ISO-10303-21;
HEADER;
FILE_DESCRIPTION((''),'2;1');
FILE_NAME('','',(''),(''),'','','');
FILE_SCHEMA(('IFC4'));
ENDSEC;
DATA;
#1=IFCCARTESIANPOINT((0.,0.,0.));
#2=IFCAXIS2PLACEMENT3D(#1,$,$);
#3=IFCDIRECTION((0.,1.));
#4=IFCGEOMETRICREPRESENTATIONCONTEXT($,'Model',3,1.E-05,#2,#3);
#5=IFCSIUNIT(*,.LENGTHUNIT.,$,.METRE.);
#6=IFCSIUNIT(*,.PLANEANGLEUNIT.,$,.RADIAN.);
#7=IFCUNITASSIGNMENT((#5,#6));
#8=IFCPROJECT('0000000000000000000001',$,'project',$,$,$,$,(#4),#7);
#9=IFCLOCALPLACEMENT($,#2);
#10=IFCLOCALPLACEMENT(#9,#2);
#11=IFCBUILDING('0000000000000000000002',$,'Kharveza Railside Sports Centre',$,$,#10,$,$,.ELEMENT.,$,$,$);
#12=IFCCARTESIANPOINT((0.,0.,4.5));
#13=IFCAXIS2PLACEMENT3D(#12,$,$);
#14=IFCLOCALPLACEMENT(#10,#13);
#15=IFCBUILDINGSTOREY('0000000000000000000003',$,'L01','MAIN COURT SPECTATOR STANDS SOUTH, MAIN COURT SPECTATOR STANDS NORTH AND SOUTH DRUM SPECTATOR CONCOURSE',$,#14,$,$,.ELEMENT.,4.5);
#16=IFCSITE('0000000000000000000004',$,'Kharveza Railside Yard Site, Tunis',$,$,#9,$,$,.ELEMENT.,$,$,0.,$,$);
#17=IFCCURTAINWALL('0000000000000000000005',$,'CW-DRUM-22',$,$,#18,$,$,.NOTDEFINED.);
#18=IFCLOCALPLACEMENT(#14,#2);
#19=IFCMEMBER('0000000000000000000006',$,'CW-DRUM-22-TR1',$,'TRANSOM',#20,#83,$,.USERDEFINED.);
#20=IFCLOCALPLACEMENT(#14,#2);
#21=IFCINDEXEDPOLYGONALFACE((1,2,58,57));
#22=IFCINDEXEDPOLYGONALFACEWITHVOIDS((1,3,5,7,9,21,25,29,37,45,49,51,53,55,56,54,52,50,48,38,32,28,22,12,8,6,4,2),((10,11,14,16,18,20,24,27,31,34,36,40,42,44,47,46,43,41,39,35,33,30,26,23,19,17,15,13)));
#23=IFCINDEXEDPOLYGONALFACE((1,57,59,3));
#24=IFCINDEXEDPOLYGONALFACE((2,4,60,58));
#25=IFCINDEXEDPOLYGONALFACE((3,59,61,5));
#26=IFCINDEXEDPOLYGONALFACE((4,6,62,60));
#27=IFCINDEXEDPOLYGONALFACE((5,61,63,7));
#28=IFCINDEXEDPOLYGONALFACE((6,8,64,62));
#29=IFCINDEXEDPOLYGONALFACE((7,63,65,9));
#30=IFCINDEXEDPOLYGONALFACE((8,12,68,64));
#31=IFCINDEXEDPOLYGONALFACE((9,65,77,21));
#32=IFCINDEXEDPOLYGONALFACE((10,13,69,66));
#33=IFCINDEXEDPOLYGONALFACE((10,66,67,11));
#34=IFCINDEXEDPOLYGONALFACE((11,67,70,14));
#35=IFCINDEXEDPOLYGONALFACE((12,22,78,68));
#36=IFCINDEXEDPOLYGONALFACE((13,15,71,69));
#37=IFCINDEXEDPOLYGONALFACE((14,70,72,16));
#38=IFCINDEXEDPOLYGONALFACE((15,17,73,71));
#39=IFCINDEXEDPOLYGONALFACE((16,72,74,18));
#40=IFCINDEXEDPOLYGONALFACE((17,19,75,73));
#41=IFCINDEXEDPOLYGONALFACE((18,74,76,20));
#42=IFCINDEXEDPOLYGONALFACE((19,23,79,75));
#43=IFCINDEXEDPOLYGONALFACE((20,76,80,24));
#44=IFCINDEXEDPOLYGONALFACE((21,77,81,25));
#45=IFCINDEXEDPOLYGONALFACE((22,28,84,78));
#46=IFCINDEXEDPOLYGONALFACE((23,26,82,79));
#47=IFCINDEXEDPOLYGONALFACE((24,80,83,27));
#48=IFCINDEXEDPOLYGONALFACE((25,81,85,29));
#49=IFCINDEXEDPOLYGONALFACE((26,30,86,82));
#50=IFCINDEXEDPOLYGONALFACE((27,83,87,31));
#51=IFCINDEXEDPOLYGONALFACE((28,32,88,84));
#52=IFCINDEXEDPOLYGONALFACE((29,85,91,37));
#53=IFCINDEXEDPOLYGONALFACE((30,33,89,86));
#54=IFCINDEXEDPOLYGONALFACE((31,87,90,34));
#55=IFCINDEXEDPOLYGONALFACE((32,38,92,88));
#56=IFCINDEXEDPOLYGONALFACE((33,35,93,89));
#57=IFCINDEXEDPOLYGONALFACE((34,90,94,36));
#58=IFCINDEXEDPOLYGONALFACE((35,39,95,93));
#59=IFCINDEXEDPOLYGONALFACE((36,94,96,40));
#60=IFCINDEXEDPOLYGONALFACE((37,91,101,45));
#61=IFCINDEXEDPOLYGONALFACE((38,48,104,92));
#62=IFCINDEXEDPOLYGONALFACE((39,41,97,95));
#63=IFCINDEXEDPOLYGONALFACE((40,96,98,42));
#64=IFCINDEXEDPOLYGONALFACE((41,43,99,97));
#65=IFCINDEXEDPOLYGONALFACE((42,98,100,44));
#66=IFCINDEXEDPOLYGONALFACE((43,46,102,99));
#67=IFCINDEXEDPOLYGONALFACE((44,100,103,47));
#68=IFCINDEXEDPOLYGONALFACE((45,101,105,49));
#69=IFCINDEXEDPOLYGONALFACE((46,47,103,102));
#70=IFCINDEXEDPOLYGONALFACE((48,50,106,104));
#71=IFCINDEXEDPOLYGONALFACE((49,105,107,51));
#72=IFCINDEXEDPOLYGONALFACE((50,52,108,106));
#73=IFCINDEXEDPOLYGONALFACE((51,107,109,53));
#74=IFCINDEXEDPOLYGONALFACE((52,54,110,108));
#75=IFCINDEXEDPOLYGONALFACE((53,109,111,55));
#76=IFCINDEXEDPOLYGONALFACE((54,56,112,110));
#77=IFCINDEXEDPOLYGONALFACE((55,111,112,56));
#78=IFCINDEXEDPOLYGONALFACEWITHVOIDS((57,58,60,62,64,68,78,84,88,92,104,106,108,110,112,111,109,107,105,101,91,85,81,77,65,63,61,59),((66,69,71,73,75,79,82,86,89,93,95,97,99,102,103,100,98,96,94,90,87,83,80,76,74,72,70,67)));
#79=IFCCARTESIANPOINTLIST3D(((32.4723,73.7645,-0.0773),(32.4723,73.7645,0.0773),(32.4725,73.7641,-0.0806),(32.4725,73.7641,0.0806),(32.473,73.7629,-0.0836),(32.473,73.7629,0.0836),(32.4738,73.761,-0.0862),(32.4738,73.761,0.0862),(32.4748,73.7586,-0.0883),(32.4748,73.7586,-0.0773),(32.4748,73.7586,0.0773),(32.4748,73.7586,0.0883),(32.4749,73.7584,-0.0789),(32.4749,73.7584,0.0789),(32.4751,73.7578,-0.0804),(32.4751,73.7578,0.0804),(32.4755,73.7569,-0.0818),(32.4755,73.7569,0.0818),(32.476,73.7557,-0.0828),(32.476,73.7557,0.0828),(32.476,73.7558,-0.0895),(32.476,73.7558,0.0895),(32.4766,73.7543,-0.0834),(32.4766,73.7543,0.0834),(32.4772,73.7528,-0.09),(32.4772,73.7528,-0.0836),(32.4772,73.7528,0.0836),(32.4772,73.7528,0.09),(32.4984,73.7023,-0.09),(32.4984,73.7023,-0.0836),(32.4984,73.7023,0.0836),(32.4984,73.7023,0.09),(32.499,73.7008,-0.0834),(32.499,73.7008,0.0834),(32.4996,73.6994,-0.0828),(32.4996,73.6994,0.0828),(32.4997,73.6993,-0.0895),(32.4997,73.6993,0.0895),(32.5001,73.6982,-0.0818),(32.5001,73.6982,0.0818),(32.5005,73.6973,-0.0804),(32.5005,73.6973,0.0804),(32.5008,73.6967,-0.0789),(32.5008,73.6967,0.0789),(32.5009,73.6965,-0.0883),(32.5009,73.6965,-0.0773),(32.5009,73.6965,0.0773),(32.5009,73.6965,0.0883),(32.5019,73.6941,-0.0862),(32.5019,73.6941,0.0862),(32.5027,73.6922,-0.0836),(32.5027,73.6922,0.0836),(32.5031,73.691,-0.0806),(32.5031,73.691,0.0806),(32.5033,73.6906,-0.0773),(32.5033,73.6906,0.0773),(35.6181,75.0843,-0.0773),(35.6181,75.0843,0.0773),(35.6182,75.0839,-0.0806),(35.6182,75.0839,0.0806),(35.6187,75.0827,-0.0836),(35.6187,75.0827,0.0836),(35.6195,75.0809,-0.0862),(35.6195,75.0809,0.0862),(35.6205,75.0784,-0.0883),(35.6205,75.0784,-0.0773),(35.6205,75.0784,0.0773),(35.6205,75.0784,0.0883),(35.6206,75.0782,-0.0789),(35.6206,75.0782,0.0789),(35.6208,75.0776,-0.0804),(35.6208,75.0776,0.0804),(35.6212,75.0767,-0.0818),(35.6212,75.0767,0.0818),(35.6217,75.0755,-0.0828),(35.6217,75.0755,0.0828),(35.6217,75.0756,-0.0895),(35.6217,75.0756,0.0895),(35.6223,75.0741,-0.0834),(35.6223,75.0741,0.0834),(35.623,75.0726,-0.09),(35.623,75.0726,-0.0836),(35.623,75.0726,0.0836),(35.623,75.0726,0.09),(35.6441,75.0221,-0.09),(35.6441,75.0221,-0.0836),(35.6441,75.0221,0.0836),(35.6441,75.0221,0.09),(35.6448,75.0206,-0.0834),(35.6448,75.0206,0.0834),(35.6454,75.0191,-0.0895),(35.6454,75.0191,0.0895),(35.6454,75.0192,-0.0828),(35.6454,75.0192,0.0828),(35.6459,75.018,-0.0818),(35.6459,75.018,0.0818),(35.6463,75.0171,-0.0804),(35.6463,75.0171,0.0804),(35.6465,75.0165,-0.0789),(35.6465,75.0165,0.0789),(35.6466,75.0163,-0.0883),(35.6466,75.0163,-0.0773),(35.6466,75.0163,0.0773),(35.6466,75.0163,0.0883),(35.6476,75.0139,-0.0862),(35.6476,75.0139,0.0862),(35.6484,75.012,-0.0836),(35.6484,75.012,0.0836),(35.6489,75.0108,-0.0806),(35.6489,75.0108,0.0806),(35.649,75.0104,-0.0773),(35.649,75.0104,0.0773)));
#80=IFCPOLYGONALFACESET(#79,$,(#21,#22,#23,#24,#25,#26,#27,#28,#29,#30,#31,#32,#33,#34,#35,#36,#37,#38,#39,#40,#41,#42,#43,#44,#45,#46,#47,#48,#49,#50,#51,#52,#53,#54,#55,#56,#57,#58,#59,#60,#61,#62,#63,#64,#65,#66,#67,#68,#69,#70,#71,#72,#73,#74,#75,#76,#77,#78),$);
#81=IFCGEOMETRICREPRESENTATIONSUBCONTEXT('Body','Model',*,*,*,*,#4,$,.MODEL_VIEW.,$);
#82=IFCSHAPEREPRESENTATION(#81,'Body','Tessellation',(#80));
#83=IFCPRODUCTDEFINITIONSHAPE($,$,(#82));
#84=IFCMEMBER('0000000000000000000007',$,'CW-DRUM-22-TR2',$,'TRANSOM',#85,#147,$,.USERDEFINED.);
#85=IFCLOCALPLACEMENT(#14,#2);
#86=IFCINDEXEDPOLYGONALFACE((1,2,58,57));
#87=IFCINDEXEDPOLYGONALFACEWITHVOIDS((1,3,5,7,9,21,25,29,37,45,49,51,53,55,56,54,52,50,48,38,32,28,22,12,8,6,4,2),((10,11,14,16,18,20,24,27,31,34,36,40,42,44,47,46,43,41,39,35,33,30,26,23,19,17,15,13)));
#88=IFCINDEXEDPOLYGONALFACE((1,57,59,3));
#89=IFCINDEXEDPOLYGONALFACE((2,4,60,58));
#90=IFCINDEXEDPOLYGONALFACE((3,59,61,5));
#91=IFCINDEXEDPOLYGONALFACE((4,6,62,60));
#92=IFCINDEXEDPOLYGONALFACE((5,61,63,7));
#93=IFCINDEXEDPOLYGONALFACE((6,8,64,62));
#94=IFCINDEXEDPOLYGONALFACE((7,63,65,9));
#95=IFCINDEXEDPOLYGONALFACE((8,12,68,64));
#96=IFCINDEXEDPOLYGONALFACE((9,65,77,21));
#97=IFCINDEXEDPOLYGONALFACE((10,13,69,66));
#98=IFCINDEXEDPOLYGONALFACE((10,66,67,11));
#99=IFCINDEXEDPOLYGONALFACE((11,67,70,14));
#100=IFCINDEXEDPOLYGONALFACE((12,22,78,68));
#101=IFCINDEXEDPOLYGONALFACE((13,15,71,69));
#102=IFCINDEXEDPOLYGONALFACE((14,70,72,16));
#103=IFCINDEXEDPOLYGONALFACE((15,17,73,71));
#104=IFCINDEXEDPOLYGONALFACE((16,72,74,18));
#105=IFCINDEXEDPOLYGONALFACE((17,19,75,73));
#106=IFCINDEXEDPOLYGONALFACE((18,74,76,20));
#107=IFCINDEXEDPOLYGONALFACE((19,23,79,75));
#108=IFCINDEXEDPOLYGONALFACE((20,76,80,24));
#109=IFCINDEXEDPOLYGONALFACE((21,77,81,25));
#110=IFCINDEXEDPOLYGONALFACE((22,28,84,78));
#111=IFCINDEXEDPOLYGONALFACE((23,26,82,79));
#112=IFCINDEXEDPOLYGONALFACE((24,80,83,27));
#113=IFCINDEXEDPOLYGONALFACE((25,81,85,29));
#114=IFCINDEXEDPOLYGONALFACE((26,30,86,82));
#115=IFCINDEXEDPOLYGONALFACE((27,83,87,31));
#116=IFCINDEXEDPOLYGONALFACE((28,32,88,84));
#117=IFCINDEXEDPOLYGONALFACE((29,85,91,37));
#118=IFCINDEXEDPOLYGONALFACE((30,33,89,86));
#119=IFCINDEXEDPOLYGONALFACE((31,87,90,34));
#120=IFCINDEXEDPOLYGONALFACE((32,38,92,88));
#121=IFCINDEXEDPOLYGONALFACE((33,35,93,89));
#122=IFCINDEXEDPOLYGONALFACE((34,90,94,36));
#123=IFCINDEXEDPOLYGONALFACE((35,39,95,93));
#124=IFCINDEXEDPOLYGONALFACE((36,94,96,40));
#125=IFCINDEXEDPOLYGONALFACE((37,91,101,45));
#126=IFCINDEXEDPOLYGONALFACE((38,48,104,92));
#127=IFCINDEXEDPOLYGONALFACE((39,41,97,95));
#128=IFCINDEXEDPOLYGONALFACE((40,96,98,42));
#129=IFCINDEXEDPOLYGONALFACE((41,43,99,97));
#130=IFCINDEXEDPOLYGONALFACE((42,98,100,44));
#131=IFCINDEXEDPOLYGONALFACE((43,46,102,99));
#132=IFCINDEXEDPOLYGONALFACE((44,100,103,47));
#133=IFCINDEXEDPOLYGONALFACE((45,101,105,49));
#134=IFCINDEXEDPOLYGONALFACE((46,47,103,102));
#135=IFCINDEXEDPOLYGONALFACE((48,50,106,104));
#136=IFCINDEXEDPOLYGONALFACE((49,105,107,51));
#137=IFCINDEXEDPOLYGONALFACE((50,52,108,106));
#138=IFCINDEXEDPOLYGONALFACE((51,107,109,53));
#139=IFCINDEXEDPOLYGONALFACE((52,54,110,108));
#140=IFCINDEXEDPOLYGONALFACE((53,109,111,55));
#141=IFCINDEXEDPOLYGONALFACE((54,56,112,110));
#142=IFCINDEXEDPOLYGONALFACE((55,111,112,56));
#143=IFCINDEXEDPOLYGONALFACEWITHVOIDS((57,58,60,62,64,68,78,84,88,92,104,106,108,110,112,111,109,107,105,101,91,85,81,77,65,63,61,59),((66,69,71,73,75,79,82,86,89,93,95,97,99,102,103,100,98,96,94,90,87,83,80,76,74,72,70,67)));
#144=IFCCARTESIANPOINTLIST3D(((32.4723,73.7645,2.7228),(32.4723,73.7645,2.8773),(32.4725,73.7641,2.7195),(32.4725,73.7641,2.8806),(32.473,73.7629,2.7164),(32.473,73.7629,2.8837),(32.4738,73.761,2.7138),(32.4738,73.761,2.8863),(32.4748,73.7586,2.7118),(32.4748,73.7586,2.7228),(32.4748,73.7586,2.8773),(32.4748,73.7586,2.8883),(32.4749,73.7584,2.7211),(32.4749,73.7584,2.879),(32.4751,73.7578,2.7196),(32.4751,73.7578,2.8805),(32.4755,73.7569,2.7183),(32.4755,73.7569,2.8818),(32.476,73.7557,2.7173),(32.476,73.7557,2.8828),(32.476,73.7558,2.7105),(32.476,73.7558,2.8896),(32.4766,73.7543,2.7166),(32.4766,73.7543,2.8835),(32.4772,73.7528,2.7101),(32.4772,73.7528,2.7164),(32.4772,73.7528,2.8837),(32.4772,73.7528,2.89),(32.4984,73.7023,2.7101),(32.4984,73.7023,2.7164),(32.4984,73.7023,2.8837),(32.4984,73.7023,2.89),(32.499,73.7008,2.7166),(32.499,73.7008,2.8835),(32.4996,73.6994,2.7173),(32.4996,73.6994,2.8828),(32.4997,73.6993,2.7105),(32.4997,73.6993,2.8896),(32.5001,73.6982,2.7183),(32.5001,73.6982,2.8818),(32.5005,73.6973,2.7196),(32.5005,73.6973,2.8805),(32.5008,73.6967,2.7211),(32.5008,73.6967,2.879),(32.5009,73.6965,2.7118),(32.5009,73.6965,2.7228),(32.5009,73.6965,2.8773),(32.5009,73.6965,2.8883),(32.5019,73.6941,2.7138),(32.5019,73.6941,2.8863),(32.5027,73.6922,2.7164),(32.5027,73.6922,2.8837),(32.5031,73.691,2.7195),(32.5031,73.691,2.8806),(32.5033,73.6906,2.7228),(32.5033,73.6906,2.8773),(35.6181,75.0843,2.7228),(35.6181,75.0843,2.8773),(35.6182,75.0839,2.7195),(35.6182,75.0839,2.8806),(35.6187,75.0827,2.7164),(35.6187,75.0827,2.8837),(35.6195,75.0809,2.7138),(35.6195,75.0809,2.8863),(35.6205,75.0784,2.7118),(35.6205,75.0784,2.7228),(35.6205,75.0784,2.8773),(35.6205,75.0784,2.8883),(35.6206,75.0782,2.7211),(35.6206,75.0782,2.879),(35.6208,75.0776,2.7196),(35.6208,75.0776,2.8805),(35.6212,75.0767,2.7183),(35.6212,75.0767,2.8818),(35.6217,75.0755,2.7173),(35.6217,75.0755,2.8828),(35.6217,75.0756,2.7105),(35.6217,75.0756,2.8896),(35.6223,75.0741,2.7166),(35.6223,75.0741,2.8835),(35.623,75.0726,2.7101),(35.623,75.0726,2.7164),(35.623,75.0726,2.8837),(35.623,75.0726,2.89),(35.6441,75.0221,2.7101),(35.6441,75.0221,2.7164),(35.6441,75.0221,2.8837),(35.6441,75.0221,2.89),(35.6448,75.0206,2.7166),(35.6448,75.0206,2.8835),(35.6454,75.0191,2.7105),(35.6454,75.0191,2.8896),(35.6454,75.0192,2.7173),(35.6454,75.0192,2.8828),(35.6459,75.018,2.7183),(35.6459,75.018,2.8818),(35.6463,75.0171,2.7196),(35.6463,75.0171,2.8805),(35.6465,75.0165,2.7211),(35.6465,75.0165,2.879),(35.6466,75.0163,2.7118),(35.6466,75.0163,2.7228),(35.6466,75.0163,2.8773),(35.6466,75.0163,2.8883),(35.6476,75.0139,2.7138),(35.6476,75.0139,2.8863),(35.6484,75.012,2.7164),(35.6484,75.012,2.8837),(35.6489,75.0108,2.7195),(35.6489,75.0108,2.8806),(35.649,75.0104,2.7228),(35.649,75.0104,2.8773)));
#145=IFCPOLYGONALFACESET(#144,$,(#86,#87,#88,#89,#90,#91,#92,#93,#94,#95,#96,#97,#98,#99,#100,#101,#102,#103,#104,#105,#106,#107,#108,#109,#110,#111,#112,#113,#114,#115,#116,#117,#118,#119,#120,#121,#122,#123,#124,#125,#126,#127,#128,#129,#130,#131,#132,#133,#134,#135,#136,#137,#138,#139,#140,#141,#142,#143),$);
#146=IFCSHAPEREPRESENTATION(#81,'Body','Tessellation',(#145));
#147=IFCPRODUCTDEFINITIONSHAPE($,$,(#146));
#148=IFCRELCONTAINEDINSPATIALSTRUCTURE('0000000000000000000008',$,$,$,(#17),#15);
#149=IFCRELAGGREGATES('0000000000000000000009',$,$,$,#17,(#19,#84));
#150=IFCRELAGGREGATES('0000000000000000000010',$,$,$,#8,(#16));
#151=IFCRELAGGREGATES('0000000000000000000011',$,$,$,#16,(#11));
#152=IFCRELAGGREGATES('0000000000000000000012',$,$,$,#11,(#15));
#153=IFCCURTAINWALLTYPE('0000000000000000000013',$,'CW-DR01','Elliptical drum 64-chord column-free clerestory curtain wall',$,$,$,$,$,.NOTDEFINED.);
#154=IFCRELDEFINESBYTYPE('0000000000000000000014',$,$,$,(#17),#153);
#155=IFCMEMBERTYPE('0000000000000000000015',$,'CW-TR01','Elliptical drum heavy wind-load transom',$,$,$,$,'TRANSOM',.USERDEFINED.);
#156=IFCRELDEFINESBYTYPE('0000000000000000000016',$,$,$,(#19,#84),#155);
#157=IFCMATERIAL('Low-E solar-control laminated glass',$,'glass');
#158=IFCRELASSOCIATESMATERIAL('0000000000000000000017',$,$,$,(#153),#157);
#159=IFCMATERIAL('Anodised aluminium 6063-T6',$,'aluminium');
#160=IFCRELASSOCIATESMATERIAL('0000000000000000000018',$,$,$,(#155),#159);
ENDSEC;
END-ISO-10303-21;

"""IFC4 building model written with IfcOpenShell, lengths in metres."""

from ifc_helpers import new_model, si_unit, direction, frame, origin, origin_2d, place, context, subcontext, project, spatial, hollow_rectangle, extrude, material, material_profile, profile_set, type_object, element, aggregate, save


model = new_model("IFC4")

# Units and contexts
model_context = context("Model", 3, precision=1e-05, world=origin(), true_north=direction((0.0, 1.0)))
body_context = subcontext(model_context, "Body", "Model", "MODEL_VIEW")
ifc_project = project(units=[si_unit("LENGTHUNIT", "METRE"), si_unit("PLANEANGLEUNIT", "RADIAN")], contexts=[model_context])

# Site, building, storey
site_placement = place(None, origin())
site = spatial("IfcSite", under=ifc_project, at=site_placement, Name="Kharveza Railside Yard Site, Tunis", CompositionType="ELEMENT", RefElevation=0.0)
building_placement = place(site_placement, origin())
building = spatial("IfcBuilding", under=site, at=building_placement, Name="Kharveza Railside Sports Centre", CompositionType="ELEMENT")
storey_placement = place(building_placement, frame((0.0, 0.0, 4.5)))
storey = spatial("IfcBuildingStorey", under=building, at=storey_placement, Name="L01", Description="MAIN COURT SPECTATOR STANDS SOUTH, MAIN COURT SPECTATOR STANDS NORTH AND SOUTH DRUM SPECTATOR CONCOURSE", CompositionType="ELEMENT", Elevation=4.5)

# Curtain wall, members
ifc_material_1 = material(Name="Low-E solar-control laminated glass", Category="glass")
curtain_wall_type = type_object("IfcCurtainWallType", Name="CW-DR01", Description="Elliptical drum 64-chord column-free clerestory curtain wall", PredefinedType="NOTDEFINED", material=ifc_material_1)
ifc_material_2 = material(Name="Anodised aluminium 6063-T6", Category="aluminium")
curtain_wall_1_placement = place(storey_placement, origin())
curtain_wall_1 = element("IfcCurtainWall", 1, at=curtain_wall_1_placement, inside=storey, type_object=curtain_wall_type, Name="CW-DRUM-22", PredefinedType="NOTDEFINED")
ifc_material_profile_1 = material_profile(ifc_material_2, hollow_rectangle(XDim=0.0801, YDim=0.1799, WallThickness=0.0063, InnerFilletRadius=0.0063, OuterFilletRadius=0.0127, at=origin_2d()), Name="RHS 80x180x6.3")
ifc_profile_set_1 = profile_set([ifc_material_profile_1], Name="Anodised aluminium 6063-T6")
member_type_1 = type_object("IfcMemberType", Name="CW-TR01", Description="Elliptical drum heavy wind-load transom", ElementType="TRANSOM", PredefinedType="USERDEFINED", material=ifc_profile_set_1)
member_1_placement = place(storey_placement, frame((35.6335, 75.0474, 0.0), z_axis=(-0.922128, -0.386886, 0.0), x_axis=(0.386886, -0.922128, 0.0)))
member_1 = element("IfcMember", 2, at=member_1_placement, type_object=member_type_1, Name="CW-DRUM-22-TR1", ObjectType="TRANSOM", PredefinedType="USERDEFINED", context=body_context, shape_type="SweptSolid", body=[
    extrude(hollow_rectangle(XDim=0.0801, YDim=0.1799, WallThickness=0.0063, InnerFilletRadius=0.0063, OuterFilletRadius=0.0127, at=origin_2d()), origin(), (0.0, 0.0, 1.0), 3.4114),
])
member_2_placement = place(storey_placement, frame((35.6335, 75.0474, 2.8), z_axis=(-0.922128, -0.386886, 0.0), x_axis=(0.386886, -0.922128, 0.0)))
member_2 = element("IfcMember", 3, at=member_2_placement, type_object=member_type_1, Name="CW-DRUM-22-TR2", ObjectType="TRANSOM", PredefinedType="USERDEFINED", context=body_context, shape_type="SweptSolid", body=[
    extrude(hollow_rectangle(XDim=0.0801, YDim=0.1799, WallThickness=0.0063, InnerFilletRadius=0.0063, OuterFilletRadius=0.0127, at=origin_2d()), origin(), (0.0, 0.0, 1.0), 3.4114),
])

aggregate(curtain_wall_1, [member_1, member_2])

save(model, "model.ifc")
